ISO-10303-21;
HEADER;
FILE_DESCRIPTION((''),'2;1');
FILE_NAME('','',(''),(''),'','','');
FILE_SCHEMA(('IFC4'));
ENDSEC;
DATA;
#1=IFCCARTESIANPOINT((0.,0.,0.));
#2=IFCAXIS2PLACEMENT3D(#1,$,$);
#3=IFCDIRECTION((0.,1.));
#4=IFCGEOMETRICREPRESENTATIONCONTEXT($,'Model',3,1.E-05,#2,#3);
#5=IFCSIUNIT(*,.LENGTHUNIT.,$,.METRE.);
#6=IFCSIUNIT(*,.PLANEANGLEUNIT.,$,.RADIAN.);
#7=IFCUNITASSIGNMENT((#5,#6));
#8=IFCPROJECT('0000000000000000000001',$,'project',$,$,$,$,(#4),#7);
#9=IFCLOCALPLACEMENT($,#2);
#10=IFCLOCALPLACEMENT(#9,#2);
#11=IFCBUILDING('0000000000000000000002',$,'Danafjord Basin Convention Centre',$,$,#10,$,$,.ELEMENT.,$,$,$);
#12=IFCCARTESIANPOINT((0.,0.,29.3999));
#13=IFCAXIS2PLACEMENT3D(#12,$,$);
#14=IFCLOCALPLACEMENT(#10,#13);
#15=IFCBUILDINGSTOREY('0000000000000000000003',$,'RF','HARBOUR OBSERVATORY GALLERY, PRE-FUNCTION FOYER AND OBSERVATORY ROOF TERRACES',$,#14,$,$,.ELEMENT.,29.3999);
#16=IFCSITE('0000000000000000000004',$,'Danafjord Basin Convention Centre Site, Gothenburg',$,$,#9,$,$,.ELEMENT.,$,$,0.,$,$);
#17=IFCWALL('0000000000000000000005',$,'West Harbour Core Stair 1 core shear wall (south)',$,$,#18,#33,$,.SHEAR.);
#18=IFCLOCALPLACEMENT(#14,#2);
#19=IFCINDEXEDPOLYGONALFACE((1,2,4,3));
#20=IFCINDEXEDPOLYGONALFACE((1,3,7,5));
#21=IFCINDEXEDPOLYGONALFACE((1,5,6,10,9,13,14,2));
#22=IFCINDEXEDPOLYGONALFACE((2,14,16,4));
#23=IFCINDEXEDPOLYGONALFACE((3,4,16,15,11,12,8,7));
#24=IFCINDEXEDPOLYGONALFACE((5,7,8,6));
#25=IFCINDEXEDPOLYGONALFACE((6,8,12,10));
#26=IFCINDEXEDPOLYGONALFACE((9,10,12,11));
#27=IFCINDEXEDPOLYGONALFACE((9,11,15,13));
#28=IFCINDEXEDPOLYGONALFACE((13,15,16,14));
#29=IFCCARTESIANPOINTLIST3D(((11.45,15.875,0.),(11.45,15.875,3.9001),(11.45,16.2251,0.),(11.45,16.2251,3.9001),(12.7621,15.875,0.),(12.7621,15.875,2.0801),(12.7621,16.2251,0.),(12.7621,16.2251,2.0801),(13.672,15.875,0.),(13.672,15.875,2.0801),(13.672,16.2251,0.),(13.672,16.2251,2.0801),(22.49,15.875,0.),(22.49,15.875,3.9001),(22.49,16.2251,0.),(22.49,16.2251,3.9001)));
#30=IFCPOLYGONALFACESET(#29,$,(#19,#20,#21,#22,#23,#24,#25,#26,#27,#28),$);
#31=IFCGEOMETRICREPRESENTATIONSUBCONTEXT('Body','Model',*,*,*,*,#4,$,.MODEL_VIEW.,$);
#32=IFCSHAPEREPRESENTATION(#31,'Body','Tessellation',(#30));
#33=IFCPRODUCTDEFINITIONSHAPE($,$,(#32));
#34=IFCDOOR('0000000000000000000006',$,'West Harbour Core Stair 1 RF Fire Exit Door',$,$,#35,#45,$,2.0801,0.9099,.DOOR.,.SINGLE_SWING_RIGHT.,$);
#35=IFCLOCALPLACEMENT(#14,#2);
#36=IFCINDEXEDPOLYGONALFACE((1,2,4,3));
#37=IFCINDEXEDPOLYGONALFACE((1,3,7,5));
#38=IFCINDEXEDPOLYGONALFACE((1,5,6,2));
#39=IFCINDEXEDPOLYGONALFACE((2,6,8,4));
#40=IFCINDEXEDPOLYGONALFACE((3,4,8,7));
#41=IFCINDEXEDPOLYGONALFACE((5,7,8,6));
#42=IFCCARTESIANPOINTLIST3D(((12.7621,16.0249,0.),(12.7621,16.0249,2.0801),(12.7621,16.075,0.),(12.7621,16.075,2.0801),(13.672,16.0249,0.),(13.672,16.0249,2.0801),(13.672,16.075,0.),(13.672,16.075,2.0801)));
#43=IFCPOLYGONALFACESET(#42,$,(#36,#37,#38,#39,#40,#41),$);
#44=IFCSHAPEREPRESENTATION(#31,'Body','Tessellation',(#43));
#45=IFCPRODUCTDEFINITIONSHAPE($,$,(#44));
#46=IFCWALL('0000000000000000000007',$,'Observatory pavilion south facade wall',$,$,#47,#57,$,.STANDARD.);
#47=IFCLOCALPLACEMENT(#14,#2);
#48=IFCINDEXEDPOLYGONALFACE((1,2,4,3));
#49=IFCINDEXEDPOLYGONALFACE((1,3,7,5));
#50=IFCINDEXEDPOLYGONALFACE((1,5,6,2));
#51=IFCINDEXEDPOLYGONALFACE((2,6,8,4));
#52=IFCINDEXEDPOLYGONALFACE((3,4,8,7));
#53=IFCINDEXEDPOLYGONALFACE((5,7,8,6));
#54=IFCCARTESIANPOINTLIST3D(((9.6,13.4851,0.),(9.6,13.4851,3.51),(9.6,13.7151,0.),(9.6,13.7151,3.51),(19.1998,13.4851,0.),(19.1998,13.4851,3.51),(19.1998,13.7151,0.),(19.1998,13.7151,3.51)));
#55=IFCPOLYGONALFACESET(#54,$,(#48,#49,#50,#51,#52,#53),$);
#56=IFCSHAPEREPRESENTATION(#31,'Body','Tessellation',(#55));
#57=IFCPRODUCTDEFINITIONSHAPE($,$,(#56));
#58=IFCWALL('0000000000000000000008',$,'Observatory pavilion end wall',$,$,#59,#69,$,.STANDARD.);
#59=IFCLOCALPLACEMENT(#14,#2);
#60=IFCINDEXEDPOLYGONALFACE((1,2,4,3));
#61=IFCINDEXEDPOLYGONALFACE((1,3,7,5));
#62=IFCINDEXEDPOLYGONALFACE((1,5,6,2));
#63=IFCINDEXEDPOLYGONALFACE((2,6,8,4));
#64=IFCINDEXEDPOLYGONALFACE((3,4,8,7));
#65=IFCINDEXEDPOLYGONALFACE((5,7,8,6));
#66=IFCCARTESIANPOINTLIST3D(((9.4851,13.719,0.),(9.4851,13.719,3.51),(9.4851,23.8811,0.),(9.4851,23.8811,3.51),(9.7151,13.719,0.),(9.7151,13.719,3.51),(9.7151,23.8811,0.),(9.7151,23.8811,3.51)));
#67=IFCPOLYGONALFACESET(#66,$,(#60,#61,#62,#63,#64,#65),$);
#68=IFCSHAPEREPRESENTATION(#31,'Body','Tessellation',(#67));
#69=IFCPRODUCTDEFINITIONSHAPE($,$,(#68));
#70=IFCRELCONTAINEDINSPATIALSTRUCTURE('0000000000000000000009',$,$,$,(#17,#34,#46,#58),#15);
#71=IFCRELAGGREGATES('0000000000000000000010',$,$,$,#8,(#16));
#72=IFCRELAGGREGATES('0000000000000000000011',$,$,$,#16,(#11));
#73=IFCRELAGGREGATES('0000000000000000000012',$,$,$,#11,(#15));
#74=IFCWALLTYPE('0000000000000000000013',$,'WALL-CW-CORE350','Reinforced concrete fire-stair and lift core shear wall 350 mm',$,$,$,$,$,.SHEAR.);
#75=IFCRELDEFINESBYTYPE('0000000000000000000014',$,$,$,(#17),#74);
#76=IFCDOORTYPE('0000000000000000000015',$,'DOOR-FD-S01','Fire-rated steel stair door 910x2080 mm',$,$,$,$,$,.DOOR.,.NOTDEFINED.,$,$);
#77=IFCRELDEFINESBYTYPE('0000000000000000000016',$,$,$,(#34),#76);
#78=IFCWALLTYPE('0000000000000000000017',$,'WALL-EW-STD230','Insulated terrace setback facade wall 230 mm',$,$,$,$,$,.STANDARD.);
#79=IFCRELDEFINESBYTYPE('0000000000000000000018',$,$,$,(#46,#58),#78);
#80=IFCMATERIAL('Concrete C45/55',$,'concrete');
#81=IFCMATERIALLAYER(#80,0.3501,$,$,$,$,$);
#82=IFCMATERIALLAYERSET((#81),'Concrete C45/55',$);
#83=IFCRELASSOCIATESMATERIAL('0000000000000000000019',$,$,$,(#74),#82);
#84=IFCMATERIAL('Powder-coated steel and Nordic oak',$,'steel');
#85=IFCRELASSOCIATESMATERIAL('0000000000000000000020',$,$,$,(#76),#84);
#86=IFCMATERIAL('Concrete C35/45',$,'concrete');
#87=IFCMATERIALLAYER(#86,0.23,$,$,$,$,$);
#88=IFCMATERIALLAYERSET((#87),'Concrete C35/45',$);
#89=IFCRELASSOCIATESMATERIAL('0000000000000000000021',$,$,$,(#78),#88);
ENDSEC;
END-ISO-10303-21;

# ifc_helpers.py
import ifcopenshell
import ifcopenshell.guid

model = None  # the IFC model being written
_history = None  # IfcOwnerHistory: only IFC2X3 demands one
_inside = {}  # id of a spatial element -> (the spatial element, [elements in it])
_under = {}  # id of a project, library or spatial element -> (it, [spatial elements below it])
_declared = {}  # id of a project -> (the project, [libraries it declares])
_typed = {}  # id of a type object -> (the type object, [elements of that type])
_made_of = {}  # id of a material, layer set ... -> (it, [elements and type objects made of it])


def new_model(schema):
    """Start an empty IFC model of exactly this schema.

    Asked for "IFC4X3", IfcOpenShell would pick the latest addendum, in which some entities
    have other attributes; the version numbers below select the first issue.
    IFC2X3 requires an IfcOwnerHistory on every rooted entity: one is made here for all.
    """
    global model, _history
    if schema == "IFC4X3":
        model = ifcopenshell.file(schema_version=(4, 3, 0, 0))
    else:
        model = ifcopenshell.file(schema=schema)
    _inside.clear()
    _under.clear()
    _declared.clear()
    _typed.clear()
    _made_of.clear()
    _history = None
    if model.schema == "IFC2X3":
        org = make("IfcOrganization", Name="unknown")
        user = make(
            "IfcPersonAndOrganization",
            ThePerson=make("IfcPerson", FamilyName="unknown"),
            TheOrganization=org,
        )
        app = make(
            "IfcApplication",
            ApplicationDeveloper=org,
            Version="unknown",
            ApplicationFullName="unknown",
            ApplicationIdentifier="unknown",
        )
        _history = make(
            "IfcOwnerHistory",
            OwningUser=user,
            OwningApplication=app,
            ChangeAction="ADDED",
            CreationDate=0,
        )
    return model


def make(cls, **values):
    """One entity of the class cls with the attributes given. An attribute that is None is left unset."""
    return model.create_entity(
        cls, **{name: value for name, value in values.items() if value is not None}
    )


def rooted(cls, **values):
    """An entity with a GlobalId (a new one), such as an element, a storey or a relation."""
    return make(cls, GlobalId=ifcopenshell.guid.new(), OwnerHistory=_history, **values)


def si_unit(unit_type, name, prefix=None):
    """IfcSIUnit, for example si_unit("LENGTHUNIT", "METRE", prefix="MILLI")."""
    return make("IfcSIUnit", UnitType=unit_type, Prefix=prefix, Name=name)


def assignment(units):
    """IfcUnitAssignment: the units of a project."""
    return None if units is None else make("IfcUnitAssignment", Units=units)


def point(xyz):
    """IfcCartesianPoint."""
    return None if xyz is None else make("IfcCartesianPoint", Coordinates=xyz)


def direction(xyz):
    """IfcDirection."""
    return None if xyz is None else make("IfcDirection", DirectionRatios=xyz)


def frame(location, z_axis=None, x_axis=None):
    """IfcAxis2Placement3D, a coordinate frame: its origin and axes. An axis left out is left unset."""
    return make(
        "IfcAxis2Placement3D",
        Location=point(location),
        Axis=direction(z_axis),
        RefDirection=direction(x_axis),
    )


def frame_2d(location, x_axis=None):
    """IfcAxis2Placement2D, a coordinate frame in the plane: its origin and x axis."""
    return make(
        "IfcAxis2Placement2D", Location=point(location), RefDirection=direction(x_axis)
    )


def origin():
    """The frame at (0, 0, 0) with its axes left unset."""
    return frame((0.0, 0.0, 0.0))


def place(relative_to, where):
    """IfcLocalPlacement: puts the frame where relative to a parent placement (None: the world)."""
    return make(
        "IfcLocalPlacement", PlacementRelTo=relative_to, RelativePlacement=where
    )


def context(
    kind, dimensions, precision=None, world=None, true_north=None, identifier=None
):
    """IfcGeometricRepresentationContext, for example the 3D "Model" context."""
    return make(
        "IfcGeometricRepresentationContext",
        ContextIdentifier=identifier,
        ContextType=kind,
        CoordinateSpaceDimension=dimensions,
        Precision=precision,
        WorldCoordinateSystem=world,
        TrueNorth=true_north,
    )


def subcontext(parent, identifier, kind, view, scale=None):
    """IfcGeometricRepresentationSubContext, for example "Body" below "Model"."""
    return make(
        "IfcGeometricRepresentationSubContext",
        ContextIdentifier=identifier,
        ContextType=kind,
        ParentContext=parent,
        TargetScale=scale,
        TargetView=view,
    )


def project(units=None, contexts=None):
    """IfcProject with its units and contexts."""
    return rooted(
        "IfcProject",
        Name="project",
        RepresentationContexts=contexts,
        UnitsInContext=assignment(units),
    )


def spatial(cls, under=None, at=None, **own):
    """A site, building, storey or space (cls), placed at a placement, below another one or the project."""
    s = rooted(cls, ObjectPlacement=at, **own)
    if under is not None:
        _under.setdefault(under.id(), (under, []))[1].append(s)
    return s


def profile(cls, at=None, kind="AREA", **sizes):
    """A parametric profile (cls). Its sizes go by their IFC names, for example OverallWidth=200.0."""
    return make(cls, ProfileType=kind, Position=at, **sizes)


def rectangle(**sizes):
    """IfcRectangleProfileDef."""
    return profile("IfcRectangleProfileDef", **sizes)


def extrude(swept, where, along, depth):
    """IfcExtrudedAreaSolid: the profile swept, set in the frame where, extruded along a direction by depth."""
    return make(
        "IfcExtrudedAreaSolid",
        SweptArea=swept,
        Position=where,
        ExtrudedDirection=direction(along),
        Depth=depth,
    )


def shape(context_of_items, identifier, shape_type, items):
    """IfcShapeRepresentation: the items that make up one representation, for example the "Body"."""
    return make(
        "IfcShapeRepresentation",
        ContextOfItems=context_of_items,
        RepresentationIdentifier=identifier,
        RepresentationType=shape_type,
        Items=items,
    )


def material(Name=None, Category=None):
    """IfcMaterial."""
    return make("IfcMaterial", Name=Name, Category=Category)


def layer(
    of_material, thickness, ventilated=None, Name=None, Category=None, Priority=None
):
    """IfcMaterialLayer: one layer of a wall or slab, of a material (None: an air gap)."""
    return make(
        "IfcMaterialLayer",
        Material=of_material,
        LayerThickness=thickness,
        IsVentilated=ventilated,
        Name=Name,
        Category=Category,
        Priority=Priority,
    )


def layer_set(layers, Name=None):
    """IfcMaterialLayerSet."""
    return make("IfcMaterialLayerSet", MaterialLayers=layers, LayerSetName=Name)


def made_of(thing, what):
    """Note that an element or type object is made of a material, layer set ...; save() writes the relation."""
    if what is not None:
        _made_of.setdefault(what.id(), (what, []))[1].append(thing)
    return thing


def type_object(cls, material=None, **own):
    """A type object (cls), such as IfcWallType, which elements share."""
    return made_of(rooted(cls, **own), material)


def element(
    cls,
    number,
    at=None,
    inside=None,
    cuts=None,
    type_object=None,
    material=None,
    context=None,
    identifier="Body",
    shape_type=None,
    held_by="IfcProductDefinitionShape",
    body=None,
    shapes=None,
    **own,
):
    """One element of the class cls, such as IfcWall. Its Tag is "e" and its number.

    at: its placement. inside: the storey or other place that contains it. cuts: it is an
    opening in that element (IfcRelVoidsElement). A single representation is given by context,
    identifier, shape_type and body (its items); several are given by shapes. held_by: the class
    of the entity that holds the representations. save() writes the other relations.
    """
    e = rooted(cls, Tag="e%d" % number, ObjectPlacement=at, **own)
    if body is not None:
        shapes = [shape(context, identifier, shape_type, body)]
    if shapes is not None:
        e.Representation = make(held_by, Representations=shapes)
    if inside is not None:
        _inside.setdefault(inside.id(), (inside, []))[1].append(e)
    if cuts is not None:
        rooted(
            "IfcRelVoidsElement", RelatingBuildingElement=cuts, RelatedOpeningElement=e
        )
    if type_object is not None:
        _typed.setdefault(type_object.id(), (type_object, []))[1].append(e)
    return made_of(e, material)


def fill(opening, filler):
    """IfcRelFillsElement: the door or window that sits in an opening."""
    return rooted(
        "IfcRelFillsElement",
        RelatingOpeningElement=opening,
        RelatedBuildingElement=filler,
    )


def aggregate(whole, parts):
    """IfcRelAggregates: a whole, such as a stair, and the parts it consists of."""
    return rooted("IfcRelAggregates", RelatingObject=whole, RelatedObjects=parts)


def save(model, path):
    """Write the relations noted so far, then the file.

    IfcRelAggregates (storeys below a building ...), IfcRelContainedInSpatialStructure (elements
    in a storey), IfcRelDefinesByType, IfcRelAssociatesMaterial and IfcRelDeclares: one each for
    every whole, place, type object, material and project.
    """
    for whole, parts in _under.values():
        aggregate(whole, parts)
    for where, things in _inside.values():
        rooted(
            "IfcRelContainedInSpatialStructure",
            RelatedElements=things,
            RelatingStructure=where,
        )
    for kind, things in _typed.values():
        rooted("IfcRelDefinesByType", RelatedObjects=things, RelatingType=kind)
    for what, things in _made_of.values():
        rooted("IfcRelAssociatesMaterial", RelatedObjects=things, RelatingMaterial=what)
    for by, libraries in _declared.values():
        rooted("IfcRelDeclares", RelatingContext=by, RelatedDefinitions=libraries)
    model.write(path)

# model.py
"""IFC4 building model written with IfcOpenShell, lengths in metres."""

from ifc_helpers import new_model, si_unit, direction, frame, frame_2d, origin, place, context, subcontext, project, spatial, rectangle, extrude, material, layer, layer_set, type_object, element, fill, save


model = new_model("IFC4")

# Units and contexts
model_context = context("Model", 3, precision=1e-05, world=origin(), true_north=direction((0.0, 1.0)))
body_context = subcontext(model_context, "Body", "Model", "MODEL_VIEW")
ifc_project = project(units=[si_unit("LENGTHUNIT", "METRE"), si_unit("PLANEANGLEUNIT", "RADIAN")], contexts=[model_context])

# Site, building, storey
site_placement = place(None, origin())
site = spatial("IfcSite", under=ifc_project, at=site_placement, Name="Danafjord Basin Convention Centre Site, Gothenburg", CompositionType="ELEMENT", RefElevation=0.0)
building_placement = place(site_placement, origin())
building = spatial("IfcBuilding", under=site, at=building_placement, Name="Danafjord Basin Convention Centre", CompositionType="ELEMENT")
storey_placement = place(building_placement, frame((0.0, 0.0, 29.3999)))
storey = spatial("IfcBuildingStorey", under=building, at=storey_placement, Name="RF", Description="HARBOUR OBSERVATORY GALLERY, PRE-FUNCTION FOYER AND OBSERVATORY ROOF TERRACES", CompositionType="ELEMENT", Elevation=29.3999)

# Shared definitions
ifc_material_1 = material(Name="Concrete C35/45", Category="concrete")

# Wall, opening, door
ifc_material_2 = material(Name="Concrete C45/55", Category="concrete")
ifc_layer_1 = layer(ifc_material_2, 0.3501)
ifc_layer_set_1 = layer_set([ifc_layer_1], Name="Concrete C45/55")
wall_type_1 = type_object("IfcWallType", Name="WALL-CW-CORE350", Description="Reinforced concrete fire-stair and lift core shear wall 350 mm", PredefinedType="SHEAR", material=ifc_layer_set_1)
wall_1_placement = place(storey_placement, frame((11.45, 16.05, 0.0), z_axis=(0.0, 0.0, 1.0), x_axis=(1.0, 0.0, 0.0)))
wall_1 = element("IfcWall", 1, at=wall_1_placement, inside=storey, type_object=wall_type_1, Name="West Harbour Core Stair 1 core shear wall (south)", PredefinedType="SHEAR", context=body_context, shape_type="SweptSolid", body=[
    extrude(rectangle(XDim=11.04, YDim=0.3501, at=frame_2d((5.52, 0.0))), origin(), (0.0, 0.0, 1.0), 3.9001),
])
opening_placement = place(wall_1_placement, frame((1.312, 0.0, 0.0)))
opening = element("IfcOpeningElement", 2, at=opening_placement, cuts=wall_1, PredefinedType="OPENING", context=body_context, shape_type="SweptSolid", body=[
    extrude(rectangle(XDim=0.9099, YDim=2.0801, at=frame_2d((0.4551, 1.04))), frame((0.0, 0.1851, 0.0), z_axis=(0.0, -1.0, 0.0), x_axis=(1.0, 0.0, 0.0)), (0.0, 0.0, 1.0), 0.3701),
])
ifc_material_3 = material(Name="Powder-coated steel and Nordic oak", Category="steel")
door_type = type_object("IfcDoorType", Name="DOOR-FD-S01", Description="Fire-rated steel stair door 910x2080 mm", OperationType="NOTDEFINED", PredefinedType="DOOR", material=ifc_material_3)
door_placement = place(opening_placement, origin())
door = element("IfcDoor", 3, at=door_placement, inside=storey, type_object=door_type, Name="West Harbour Core Stair 1 RF Fire Exit Door", OperationType="SINGLE_SWING_RIGHT", OverallHeight=2.0801, OverallWidth=0.9099, PredefinedType="DOOR", context=body_context, shape_type="SweptSolid", body=[
    extrude(rectangle(XDim=0.9099, YDim=2.0801, at=frame_2d((0.4551, 1.04))), frame((0.0, 0.0249, 0.0), z_axis=(0.0, -1.0, 0.0), x_axis=(1.0, 0.0, 0.0)), (0.0, 0.0, 1.0), 0.05),
])
fill(opening, door)

# Walls
ifc_layer_2 = layer(ifc_material_1, 0.23)
ifc_layer_set_2 = layer_set([ifc_layer_2], Name="Concrete C35/45")
wall_type_2 = type_object("IfcWallType", Name="WALL-EW-STD230", Description="Insulated terrace setback facade wall 230 mm", PredefinedType="STANDARD", material=ifc_layer_set_2)
wall_2_placement = place(storey_placement, frame((9.6001, 13.6001, 0.0), z_axis=(0.0, 0.0, 1.0), x_axis=(1.0, 0.0, 0.0)))
element("IfcWall", 4, at=wall_2_placement, inside=storey, type_object=wall_type_2, Name="Observatory pavilion south facade wall", PredefinedType="STANDARD", context=body_context, shape_type="SweptSolid", body=[
    extrude(rectangle(XDim=9.5999, YDim=0.23, at=frame_2d((4.7998, 0.0))), origin(), (0.0, 0.0, 1.0), 3.51),
])
wall_3_placement = place(storey_placement, frame((9.6001, 13.719, 0.0), z_axis=(0.0, 0.0, 1.0), x_axis=(0.0, 1.0, 0.0)))
element("IfcWall", 5, at=wall_3_placement, inside=storey, type_object=wall_type_2, Name="Observatory pavilion end wall", PredefinedType="STANDARD", context=body_context, shape_type="SweptSolid", body=[
    extrude(rectangle(XDim=10.1621, YDim=0.23, at=frame_2d((5.0811, 0.0))), origin(), (0.0, 0.0, 1.0), 3.51),
])

save(model, "model.ifc")
